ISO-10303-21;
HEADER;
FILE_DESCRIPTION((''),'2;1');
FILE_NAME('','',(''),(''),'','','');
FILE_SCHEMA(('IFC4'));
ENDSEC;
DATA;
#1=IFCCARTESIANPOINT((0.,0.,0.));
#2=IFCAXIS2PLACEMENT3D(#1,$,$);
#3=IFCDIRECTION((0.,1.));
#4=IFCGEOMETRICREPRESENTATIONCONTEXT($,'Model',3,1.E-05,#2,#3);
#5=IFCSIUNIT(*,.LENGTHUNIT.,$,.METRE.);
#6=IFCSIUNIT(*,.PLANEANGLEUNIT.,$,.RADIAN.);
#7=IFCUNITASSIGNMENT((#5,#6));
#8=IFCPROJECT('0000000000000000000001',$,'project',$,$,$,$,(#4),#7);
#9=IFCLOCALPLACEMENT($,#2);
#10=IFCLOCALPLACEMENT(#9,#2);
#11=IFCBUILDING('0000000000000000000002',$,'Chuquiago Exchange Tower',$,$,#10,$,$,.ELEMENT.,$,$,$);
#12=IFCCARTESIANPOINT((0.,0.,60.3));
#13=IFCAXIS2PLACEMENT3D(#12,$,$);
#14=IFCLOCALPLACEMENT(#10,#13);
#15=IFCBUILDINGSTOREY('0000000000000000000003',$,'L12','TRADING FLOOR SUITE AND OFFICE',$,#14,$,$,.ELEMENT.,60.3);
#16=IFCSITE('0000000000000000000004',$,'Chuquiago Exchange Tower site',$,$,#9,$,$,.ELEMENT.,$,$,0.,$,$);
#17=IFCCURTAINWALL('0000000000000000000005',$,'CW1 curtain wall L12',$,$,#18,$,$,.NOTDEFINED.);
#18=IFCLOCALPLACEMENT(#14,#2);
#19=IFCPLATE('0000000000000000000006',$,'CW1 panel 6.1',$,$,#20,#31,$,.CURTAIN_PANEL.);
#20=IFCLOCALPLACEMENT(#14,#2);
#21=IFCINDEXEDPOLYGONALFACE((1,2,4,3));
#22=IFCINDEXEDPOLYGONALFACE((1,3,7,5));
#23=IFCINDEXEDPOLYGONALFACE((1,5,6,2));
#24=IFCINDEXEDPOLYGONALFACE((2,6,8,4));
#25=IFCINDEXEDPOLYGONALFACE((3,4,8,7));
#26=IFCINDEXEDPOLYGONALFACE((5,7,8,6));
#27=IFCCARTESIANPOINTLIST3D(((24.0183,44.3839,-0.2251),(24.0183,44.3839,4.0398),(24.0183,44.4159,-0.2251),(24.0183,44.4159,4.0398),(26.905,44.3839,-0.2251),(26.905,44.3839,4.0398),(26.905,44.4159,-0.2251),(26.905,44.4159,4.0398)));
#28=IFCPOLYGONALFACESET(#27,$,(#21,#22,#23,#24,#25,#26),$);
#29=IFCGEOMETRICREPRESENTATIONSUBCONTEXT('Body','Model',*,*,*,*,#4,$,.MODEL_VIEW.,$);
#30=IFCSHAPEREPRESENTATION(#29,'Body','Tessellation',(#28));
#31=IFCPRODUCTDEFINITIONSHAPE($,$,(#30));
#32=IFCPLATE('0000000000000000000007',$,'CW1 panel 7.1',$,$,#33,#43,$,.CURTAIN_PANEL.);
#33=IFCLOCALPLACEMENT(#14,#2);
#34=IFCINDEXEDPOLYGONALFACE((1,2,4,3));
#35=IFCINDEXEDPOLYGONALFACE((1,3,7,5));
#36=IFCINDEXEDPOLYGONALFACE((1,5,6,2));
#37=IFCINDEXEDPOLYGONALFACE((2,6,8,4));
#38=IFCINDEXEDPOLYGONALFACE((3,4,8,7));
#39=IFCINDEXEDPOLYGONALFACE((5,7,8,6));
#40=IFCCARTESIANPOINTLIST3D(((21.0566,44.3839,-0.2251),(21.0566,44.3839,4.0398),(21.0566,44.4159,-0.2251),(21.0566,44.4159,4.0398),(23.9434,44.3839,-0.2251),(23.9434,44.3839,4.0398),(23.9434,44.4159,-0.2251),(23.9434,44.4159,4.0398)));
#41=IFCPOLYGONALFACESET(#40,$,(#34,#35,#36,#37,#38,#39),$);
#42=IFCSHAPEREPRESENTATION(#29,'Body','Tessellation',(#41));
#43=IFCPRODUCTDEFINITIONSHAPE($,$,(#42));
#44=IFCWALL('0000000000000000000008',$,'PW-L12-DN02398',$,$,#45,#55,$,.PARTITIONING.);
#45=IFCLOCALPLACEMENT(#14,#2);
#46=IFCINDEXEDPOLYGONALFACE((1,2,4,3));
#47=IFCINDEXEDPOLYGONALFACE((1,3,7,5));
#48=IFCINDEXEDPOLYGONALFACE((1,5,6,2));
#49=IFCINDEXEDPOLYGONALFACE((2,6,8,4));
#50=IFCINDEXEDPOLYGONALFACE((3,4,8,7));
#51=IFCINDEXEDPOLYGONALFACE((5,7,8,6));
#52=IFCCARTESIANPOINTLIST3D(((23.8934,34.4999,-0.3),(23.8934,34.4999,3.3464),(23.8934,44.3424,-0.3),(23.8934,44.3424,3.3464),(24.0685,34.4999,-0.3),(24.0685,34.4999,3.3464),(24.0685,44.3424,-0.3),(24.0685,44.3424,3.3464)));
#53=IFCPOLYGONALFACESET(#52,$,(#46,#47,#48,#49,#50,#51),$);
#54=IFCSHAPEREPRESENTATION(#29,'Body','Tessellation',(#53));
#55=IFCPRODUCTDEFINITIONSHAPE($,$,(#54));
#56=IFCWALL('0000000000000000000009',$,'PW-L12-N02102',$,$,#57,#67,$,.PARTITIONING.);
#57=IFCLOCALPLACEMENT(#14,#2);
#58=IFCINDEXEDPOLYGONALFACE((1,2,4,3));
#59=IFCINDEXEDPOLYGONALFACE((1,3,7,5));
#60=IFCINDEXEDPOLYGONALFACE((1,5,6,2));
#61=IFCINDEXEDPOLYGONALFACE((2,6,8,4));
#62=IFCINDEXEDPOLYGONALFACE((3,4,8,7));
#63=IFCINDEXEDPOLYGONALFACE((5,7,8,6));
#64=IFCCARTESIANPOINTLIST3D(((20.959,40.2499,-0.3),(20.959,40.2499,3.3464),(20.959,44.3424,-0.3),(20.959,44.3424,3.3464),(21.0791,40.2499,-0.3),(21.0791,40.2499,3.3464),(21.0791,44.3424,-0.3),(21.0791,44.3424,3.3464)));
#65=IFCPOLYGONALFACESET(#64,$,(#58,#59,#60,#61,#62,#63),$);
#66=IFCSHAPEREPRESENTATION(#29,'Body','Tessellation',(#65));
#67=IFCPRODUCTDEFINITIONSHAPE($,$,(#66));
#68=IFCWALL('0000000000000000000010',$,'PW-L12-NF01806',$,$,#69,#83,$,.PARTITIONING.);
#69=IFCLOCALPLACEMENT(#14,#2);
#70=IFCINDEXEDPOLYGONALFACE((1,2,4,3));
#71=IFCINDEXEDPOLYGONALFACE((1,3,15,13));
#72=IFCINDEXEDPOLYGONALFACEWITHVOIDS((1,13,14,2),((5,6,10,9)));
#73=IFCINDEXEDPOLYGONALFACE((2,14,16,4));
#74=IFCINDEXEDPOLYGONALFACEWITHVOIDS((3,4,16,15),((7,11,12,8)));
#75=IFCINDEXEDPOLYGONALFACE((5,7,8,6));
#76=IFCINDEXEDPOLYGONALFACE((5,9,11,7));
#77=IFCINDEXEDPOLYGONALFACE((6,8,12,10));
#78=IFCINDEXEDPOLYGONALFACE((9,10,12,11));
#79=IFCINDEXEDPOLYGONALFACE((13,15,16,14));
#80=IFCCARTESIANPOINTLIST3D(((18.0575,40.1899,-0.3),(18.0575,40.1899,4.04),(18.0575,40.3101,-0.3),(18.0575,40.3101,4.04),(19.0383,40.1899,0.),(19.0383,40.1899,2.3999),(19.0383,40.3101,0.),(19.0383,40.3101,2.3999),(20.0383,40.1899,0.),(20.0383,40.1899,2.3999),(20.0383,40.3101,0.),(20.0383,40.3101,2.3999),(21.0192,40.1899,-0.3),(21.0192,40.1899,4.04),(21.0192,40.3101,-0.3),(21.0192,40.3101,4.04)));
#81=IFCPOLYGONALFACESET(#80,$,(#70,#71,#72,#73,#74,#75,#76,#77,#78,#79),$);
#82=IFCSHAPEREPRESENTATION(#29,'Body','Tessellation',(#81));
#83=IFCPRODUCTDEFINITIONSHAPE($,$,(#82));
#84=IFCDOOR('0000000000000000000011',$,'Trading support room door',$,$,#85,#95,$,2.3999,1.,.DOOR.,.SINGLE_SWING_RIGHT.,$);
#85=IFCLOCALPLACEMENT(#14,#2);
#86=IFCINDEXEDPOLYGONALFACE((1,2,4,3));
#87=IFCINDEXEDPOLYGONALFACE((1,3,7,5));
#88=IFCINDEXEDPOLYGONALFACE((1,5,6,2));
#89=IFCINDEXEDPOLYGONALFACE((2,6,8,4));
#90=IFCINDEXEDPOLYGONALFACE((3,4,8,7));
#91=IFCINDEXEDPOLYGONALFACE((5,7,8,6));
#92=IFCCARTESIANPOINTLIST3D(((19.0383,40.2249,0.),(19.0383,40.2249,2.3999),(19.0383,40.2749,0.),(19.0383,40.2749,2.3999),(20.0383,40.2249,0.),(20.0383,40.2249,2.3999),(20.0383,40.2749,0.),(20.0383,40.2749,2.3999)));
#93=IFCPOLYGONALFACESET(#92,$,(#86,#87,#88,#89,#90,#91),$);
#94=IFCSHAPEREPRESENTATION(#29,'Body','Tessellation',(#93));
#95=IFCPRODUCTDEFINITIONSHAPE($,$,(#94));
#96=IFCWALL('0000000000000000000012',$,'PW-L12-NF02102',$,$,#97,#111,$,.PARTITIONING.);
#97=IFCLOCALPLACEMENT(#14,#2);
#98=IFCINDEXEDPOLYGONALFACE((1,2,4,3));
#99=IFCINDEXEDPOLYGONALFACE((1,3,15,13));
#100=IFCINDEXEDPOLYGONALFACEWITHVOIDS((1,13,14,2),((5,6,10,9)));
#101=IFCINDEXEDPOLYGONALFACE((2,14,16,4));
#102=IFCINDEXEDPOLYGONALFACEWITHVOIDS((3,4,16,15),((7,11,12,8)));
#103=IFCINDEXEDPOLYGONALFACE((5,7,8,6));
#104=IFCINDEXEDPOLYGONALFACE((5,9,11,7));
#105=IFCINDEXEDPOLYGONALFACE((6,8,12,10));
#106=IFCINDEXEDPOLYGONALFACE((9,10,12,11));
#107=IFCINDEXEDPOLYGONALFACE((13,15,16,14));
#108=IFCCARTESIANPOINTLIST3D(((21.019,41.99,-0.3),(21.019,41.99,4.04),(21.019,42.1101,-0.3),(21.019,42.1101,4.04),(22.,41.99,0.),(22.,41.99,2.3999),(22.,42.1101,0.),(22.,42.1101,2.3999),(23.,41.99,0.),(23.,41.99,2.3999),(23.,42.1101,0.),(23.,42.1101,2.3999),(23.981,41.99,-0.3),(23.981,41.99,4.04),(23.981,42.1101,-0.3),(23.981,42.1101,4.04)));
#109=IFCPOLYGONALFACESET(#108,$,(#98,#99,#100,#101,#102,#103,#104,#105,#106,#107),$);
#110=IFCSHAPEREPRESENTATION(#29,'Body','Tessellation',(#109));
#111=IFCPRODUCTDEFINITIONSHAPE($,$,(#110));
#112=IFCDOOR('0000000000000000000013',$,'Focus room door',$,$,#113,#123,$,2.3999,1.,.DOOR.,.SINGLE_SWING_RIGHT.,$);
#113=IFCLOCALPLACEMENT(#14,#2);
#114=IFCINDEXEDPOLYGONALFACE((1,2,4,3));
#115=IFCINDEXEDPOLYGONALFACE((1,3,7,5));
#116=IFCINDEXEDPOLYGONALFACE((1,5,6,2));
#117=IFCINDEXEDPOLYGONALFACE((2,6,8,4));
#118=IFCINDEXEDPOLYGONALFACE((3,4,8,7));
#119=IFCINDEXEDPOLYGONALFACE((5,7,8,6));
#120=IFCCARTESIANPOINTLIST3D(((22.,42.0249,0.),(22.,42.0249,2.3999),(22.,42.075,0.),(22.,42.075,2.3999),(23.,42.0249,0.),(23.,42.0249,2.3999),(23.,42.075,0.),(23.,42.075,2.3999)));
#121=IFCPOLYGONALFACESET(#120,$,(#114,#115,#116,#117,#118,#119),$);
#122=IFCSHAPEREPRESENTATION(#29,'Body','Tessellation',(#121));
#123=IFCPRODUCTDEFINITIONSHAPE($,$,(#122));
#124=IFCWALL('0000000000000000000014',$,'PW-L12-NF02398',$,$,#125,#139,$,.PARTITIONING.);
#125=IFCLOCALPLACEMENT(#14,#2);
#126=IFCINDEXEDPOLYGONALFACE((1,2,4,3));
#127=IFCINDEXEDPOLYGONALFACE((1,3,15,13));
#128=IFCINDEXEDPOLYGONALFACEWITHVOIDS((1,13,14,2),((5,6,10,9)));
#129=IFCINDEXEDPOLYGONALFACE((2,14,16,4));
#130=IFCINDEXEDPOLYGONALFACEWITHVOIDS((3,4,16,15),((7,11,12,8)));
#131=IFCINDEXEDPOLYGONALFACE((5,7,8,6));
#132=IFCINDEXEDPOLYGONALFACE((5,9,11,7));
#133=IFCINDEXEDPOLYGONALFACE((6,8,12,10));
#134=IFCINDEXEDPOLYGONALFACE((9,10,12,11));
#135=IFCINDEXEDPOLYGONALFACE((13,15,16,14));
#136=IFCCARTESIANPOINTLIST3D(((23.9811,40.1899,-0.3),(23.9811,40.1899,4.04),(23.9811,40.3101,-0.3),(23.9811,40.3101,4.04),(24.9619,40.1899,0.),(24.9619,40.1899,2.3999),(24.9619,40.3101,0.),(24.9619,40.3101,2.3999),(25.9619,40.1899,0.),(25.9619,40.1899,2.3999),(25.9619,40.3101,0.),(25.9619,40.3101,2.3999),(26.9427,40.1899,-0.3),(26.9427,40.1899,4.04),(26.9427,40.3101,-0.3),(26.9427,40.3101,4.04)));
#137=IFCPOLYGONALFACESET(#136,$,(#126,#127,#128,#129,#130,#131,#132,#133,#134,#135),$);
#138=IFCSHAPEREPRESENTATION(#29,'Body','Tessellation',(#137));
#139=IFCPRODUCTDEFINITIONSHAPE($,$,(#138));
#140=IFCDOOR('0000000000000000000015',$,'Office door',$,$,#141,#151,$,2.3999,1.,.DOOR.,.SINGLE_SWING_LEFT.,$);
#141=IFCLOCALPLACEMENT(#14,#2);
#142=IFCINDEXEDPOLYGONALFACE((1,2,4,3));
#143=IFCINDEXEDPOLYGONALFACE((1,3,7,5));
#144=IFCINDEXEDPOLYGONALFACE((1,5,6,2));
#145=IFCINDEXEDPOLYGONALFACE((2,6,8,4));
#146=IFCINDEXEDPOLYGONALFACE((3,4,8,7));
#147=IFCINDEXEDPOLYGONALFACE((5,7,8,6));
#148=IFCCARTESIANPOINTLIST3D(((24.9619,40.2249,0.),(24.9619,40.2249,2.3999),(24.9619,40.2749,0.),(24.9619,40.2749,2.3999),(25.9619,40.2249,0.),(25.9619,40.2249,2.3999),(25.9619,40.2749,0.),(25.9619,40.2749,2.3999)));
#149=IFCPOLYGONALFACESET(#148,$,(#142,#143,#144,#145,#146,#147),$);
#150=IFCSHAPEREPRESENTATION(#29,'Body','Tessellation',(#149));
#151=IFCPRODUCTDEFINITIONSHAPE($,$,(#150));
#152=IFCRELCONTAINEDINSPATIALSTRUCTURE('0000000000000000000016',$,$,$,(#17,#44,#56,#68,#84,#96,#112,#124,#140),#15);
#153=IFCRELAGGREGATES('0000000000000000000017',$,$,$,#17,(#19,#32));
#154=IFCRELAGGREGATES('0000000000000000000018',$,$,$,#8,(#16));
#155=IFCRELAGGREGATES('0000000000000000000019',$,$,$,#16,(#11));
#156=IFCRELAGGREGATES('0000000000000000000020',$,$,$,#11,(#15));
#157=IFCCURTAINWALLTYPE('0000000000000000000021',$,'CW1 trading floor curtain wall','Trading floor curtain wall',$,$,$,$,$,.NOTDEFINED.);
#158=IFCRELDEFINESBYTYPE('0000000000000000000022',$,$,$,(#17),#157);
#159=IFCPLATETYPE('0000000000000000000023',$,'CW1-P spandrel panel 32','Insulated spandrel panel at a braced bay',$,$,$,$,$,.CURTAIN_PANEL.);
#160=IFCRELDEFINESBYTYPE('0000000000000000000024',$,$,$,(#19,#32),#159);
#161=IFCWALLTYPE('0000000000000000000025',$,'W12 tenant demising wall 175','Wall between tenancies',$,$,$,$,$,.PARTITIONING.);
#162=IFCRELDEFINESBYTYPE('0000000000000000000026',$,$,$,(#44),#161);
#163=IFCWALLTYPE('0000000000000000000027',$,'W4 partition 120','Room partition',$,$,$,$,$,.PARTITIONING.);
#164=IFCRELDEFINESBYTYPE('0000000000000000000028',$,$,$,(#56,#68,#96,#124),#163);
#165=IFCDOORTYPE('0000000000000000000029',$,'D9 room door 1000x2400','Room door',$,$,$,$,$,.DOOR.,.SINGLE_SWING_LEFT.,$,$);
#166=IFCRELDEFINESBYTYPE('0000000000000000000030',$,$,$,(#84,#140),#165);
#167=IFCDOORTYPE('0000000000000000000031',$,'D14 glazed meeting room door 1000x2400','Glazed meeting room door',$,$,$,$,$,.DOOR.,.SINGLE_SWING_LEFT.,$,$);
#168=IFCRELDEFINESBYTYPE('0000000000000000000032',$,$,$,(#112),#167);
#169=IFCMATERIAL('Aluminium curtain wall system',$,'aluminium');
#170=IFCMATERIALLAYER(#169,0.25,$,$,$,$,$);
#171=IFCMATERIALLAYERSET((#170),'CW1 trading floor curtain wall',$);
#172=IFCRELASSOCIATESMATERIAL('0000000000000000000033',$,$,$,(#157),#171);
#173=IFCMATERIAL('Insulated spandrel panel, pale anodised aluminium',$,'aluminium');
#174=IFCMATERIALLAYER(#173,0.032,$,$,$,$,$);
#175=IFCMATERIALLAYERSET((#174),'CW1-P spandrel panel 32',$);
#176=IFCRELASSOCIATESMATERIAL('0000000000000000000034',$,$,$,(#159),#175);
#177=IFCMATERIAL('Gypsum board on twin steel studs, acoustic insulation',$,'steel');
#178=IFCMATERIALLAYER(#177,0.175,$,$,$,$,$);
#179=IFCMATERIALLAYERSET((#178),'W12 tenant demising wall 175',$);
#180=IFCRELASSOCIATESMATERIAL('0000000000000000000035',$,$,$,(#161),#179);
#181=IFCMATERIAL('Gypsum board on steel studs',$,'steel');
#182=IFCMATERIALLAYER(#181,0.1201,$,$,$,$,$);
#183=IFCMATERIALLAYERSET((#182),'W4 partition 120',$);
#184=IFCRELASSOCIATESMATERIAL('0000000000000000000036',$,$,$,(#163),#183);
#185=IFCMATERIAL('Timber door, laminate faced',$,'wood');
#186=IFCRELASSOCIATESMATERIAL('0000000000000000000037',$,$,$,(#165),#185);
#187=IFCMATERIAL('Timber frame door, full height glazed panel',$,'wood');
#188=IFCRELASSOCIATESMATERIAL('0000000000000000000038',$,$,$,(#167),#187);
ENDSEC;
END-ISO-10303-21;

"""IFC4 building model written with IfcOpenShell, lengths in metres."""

from ifc_helpers import new_model, si_unit, direction, frame, frame_2d, origin, origin_2d, place, context, subcontext, project, spatial, rectangle, extrude, material, layer, layer_set, type_object, element, fill, aggregate, save


model = new_model("IFC4")

# Units and contexts
model_context = context("Model", 3, precision=1e-05, world=origin(), true_north=direction((0.0, 1.0)))
body_context = subcontext(model_context, "Body", "Model", "MODEL_VIEW")
ifc_project = project(units=[si_unit("LENGTHUNIT", "METRE"), si_unit("PLANEANGLEUNIT", "RADIAN")], contexts=[model_context])

# Site, building, storey
site_placement = place(None, origin())
site = spatial("IfcSite", under=ifc_project, at=site_placement, Name="Chuquiago Exchange Tower site", CompositionType="ELEMENT", RefElevation=0.0)
building_placement = place(site_placement, origin())
building = spatial("IfcBuilding", under=site, at=building_placement, Name="Chuquiago Exchange Tower", CompositionType="ELEMENT")
storey_placement = place(building_placement, frame((0.0, 0.0, 60.3)))
storey = spatial("IfcBuildingStorey", under=building, at=storey_placement, Name="L12", Description="TRADING FLOOR SUITE AND OFFICE", CompositionType="ELEMENT", Elevation=60.3)

# Curtain wall
ifc_material_1 = material(Name="Aluminium curtain wall system", Category="aluminium")
ifc_layer_1 = layer(ifc_material_1, 0.25)
ifc_layer_set_1 = layer_set([ifc_layer_1], Name="CW1 trading floor curtain wall")
curtain_wall_type = type_object("IfcCurtainWallType", Name="CW1 trading floor curtain wall", Description="Trading floor curtain wall", PredefinedType="NOTDEFINED", material=ifc_layer_set_1)
curtain_wall_placement = place(storey_placement, origin())
curtain_wall = element("IfcCurtainWall", 1, at=curtain_wall_placement, inside=storey, type_object=curtain_wall_type, Name="CW1 curtain wall L12", PredefinedType="NOTDEFINED")

# Plates
ifc_material_2 = material(Name="Insulated spandrel panel, pale anodised aluminium", Category="aluminium")
ifc_layer_2 = layer(ifc_material_2, 0.032)
ifc_layer_set_2 = layer_set([ifc_layer_2], Name="CW1-P spandrel panel 32")
plate_type_1 = type_object("IfcPlateType", Name="CW1-P spandrel panel 32", Description="Insulated spandrel panel at a braced bay", PredefinedType="CURTAIN_PANEL", material=ifc_layer_set_2)
plate_1_placement = place(storey_placement, frame((25.4617, 44.3999, -0.2251), z_axis=(0.0, 0.0, 1.0), x_axis=(-1.0, 0.0, 0.0)))
plate_1 = element("IfcPlate", 2, at=plate_1_placement, type_object=plate_type_1, Name="CW1 panel 6.1", PredefinedType="CURTAIN_PANEL", context=body_context, shape_type="SweptSolid", body=[
    extrude(rectangle(XDim=2.8867, YDim=0.032, at=origin_2d()), origin(), (0.0, 0.0, 1.0), 4.2649),
])
plate_2_placement = place(storey_placement, frame((22.5, 44.3999, -0.2251), z_axis=(0.0, 0.0, 1.0), x_axis=(-1.0, 0.0, 0.0)))
plate_2 = element("IfcPlate", 3, at=plate_2_placement, type_object=plate_type_1, Name="CW1 panel 7.1", PredefinedType="CURTAIN_PANEL", context=body_context, shape_type="SweptSolid", body=[
    extrude(rectangle(XDim=2.8867, YDim=0.032, at=origin_2d()), origin(), (0.0, 0.0, 1.0), 4.2649),
])
aggregate(curtain_wall, [plate_1, plate_2])

# Walls
ifc_material_3 = material(Name="Gypsum board on twin steel studs, acoustic insulation", Category="steel")
ifc_layer_3 = layer(ifc_material_3, 0.175)
ifc_layer_set_3 = layer_set([ifc_layer_3], Name="W12 tenant demising wall 175")
wall_type_1 = type_object("IfcWallType", Name="W12 tenant demising wall 175", Description="Wall between tenancies", PredefinedType="PARTITIONING", material=ifc_layer_set_3)
wall_1_placement = place(storey_placement, frame((23.981, 44.3425, -0.3), z_axis=(0.0, 0.0, 1.0), x_axis=(0.0, -1.0, 0.0)))
element("IfcWall", 4, at=wall_1_placement, inside=storey, type_object=wall_type_1, Name="PW-L12-DN02398", PredefinedType="PARTITIONING", context=body_context, shape_type="SweptSolid", body=[
    extrude(rectangle(XDim=9.8425, YDim=0.175, at=frame_2d((4.9214, 0.0))), origin(), (0.0, 0.0, 1.0), 3.6465),
])
ifc_material_4 = material(Name="Gypsum board on steel studs", Category="steel")
ifc_layer_4 = layer(ifc_material_4, 0.1201)
ifc_layer_set_4 = layer_set([ifc_layer_4], Name="W4 partition 120")
wall_type_2 = type_object("IfcWallType", Name="W4 partition 120", Description="Room partition", PredefinedType="PARTITIONING", material=ifc_layer_set_4)
wall_2_placement = place(storey_placement, frame((21.019, 44.3425, -0.3), z_axis=(0.0, 0.0, 1.0), x_axis=(0.0, -1.0, 0.0)))
element("IfcWall", 5, at=wall_2_placement, inside=storey, type_object=wall_type_2, Name="PW-L12-N02102", PredefinedType="PARTITIONING", context=body_context, shape_type="SweptSolid", body=[
    extrude(rectangle(XDim=4.0925, YDim=0.1201, at=frame_2d((2.0464, 0.0))), origin(), (0.0, 0.0, 1.0), 3.6465),
])

# Walls, openings, doors
wall_3_placement = place(storey_placement, frame((18.0574, 40.25, -0.3), z_axis=(0.0, 0.0, 1.0), x_axis=(1.0, 0.0, 0.0)))
wall_3 = element("IfcWall", 6, at=wall_3_placement, inside=storey, type_object=wall_type_2, Name="PW-L12-NF01806", PredefinedType="PARTITIONING", context=body_context, shape_type="SweptSolid", body=[
    extrude(rectangle(XDim=2.9617, YDim=0.1201, at=frame_2d((1.481, 0.0))), origin(), (0.0, 0.0, 1.0), 4.3401),
])
opening_1_placement = place(wall_3_placement, frame((0.981, 0.0, 0.3)))
opening_1 = element("IfcOpeningElement", 7, at=opening_1_placement, cuts=wall_3, PredefinedType="OPENING", context=body_context, shape_type="SweptSolid", body=[
    extrude(rectangle(XDim=1.0, YDim=2.3999, at=frame_2d((0.5, 1.2))), frame((0.0, 0.0701, 0.0), z_axis=(0.0, -1.0, 0.0), x_axis=(1.0, 0.0, 0.0)), (0.0, 0.0, 1.0), 0.1401),
])
ifc_material_5 = material(Name="Timber door, laminate faced", Category="wood")
door_type_1 = type_object("IfcDoorType", Name="D9 room door 1000x2400", Description="Room door", OperationType="SINGLE_SWING_LEFT", PredefinedType="DOOR", material=ifc_material_5)
door_1_placement = place(opening_1_placement, origin())
door_1 = element("IfcDoor", 8, at=door_1_placement, inside=storey, type_object=door_type_1, Name="Trading support room door", OperationType="SINGLE_SWING_RIGHT", OverallHeight=2.3999, OverallWidth=1.0, PredefinedType="DOOR", context=body_context, shape_type="SweptSolid", body=[
    extrude(rectangle(XDim=1.0, YDim=2.3999, at=frame_2d((0.5, 1.2))), frame((0.0, 0.0249, 0.0), z_axis=(0.0, -1.0, 0.0), x_axis=(1.0, 0.0, 0.0)), (0.0, 0.0, 1.0), 0.05),
])
fill(opening_1, door_1)
wall_4_placement = place(storey_placement, frame((21.019, 42.05, -0.3), z_axis=(0.0, 0.0, 1.0), x_axis=(1.0, 0.0, 0.0)))
wall_4 = element("IfcWall", 9, at=wall_4_placement, inside=storey, type_object=wall_type_2, Name="PW-L12-NF02102", PredefinedType="PARTITIONING", context=body_context, shape_type="SweptSolid", body=[
    extrude(rectangle(XDim=2.9619, YDim=0.1201, at=frame_2d((1.481, 0.0))), origin(), (0.0, 0.0, 1.0), 4.3401),
])
opening_2_placement = place(wall_4_placement, frame((0.981, 0.0, 0.3)))
opening_2 = element("IfcOpeningElement", 10, at=opening_2_placement, cuts=wall_4, PredefinedType="OPENING", context=body_context, shape_type="SweptSolid", body=[
    extrude(rectangle(XDim=1.0, YDim=2.3999, at=frame_2d((0.5, 1.2))), frame((0.0, 0.0701, 0.0), z_axis=(0.0, -1.0, 0.0), x_axis=(1.0, 0.0, 0.0)), (0.0, 0.0, 1.0), 0.1401),
])
ifc_material_6 = material(Name="Timber frame door, full height glazed panel", Category="wood")
door_type_2 = type_object("IfcDoorType", Name="D14 glazed meeting room door 1000x2400", Description="Glazed meeting room door", OperationType="SINGLE_SWING_LEFT", PredefinedType="DOOR", material=ifc_material_6)
door_2_placement = place(opening_2_placement, origin())
door_2 = element("IfcDoor", 11, at=door_2_placement, inside=storey, type_object=door_type_2, Name="Focus room door", OperationType="SINGLE_SWING_RIGHT", OverallHeight=2.3999, OverallWidth=1.0, PredefinedType="DOOR", context=body_context, shape_type="SweptSolid", body=[
    extrude(rectangle(XDim=1.0, YDim=2.3999, at=frame_2d((0.5, 1.2))), frame((0.0, 0.0249, 0.0), z_axis=(0.0, -1.0, 0.0), x_axis=(1.0, 0.0, 0.0)), (0.0, 0.0, 1.0), 0.05),
])
fill(opening_2, door_2)
wall_5_placement = place(storey_placement, frame((23.981, 40.25, -0.3), z_axis=(0.0, 0.0, 1.0), x_axis=(1.0, 0.0, 0.0)))
wall_5 = element("IfcWall", 12, at=wall_5_placement, inside=storey, type_object=wall_type_2, Name="PW-L12-NF02398", PredefinedType="PARTITIONING", context=body_context, shape_type="SweptSolid", body=[
    extrude(rectangle(XDim=2.9617, YDim=0.1201, at=frame_2d((1.481, 0.0))), origin(), (0.0, 0.0, 1.0), 4.3401),
])
opening_3_placement = place(wall_5_placement, frame((0.981, 0.0, 0.3)))
opening_3 = element("IfcOpeningElement", 13, at=opening_3_placement, cuts=wall_5, PredefinedType="OPENING", context=body_context, shape_type="SweptSolid", body=[
    extrude(rectangle(XDim=1.0, YDim=2.3999, at=frame_2d((0.5, 1.2))), frame((0.0, 0.0701, 0.0), z_axis=(0.0, -1.0, 0.0), x_axis=(1.0, 0.0, 0.0)), (0.0, 0.0, 1.0), 0.1401),
])
door_3_placement = place(opening_3_placement, origin())
door_3 = element("IfcDoor", 14, at=door_3_placement, inside=storey, type_object=door_type_1, Name="Office door", OperationType="SINGLE_SWING_LEFT", OverallHeight=2.3999, OverallWidth=1.0, PredefinedType="DOOR", context=body_context, shape_type="SweptSolid", body=[
    extrude(rectangle(XDim=1.0, YDim=2.3999, at=frame_2d((0.5, 1.2))), frame((0.0, 0.0249, 0.0), z_axis=(0.0, -1.0, 0.0), x_axis=(1.0, 0.0, 0.0)), (0.0, 0.0, 1.0), 0.05),
])
fill(opening_3, door_3)

save(model, "model.ifc")
